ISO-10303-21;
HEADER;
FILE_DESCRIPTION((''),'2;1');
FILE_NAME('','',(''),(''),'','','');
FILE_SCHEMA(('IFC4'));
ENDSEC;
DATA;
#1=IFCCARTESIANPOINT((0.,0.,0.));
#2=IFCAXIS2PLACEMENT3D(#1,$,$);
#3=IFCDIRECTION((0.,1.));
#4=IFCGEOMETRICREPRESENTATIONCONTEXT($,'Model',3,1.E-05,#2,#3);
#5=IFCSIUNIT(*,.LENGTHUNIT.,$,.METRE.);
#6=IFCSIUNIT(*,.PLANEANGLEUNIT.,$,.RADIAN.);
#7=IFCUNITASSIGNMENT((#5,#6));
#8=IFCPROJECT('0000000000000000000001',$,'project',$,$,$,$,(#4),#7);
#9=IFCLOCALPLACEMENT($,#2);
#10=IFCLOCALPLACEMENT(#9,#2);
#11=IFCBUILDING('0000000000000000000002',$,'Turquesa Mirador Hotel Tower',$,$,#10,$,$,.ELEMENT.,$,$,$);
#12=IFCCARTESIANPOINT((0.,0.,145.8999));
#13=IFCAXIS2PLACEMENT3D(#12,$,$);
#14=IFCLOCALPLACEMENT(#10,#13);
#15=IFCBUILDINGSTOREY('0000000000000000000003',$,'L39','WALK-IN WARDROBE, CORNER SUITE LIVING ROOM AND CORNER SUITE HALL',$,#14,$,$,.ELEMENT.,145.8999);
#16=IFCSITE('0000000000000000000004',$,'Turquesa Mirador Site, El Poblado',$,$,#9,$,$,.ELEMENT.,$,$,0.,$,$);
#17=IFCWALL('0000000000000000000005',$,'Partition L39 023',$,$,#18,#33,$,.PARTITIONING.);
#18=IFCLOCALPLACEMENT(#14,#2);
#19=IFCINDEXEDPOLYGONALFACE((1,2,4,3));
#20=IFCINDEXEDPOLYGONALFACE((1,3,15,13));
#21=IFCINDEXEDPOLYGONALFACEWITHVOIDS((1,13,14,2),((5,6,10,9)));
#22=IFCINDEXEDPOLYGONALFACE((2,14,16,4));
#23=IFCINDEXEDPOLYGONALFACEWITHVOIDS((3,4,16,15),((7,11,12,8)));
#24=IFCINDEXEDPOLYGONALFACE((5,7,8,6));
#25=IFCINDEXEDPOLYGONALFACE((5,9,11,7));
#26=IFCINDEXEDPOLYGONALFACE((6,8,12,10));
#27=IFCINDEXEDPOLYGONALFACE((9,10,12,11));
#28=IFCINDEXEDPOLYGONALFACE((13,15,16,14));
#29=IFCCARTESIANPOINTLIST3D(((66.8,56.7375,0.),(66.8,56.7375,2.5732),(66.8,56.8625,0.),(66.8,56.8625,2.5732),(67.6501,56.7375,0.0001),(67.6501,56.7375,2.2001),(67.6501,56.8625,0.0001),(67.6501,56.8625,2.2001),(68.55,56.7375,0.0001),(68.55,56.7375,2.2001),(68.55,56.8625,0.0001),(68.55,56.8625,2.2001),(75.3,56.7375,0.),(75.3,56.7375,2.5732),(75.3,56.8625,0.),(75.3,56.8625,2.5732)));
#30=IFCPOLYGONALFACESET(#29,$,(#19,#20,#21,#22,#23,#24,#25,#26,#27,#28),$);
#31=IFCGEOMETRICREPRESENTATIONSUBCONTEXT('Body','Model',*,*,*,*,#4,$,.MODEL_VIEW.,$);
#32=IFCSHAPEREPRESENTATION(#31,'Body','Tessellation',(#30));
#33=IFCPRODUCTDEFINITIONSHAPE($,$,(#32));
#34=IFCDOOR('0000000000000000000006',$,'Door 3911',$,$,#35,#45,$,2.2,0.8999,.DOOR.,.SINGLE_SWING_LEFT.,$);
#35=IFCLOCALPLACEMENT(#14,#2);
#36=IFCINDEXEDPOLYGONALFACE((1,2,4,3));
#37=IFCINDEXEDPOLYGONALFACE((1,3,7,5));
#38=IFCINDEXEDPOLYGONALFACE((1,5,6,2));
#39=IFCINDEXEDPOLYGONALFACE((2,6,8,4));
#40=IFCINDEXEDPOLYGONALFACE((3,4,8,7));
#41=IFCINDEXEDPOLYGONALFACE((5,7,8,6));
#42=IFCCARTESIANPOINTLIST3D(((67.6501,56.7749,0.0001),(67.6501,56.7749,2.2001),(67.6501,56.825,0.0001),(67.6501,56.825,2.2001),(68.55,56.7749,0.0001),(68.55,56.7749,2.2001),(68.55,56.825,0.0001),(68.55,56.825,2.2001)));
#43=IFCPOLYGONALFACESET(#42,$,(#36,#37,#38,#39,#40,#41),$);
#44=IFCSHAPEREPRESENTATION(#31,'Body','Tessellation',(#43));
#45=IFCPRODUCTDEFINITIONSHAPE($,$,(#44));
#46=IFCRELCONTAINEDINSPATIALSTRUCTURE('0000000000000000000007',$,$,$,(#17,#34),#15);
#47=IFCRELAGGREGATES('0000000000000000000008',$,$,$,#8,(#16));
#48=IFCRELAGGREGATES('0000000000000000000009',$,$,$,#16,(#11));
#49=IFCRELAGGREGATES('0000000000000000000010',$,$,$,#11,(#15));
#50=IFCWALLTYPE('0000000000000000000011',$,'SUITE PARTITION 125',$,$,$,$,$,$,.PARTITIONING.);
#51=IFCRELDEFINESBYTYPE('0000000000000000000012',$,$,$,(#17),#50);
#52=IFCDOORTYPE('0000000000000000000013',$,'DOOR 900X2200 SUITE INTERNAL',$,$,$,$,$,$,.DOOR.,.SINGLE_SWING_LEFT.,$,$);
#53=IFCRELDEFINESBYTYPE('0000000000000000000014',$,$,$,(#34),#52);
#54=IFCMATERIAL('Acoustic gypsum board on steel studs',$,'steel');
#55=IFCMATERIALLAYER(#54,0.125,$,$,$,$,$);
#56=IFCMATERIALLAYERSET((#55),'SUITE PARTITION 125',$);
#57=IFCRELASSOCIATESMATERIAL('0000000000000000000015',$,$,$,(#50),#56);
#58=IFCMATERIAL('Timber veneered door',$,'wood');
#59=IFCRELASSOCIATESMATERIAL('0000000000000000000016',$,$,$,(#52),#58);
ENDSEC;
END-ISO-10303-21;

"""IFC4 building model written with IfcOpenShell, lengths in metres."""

from ifc_helpers import new_model, si_unit, direction, frame, frame_2d, origin, place, context, subcontext, project, spatial, rectangle, extrude, material, layer, layer_set, type_object, element, fill, save


model = new_model("IFC4")

# Units and contexts
model_context = context("Model", 3, precision=1e-05, world=origin(), true_north=direction((0.0, 1.0)))
body_context = subcontext(model_context, "Body", "Model", "MODEL_VIEW")
ifc_project = project(units=[si_unit("LENGTHUNIT", "METRE"), si_unit("PLANEANGLEUNIT", "RADIAN")], contexts=[model_context])

# Site, building, storey
site_placement = place(None, origin())
site = spatial("IfcSite", under=ifc_project, at=site_placement, Name="Turquesa Mirador Site, El Poblado", CompositionType="ELEMENT", RefElevation=0.0)
building_placement = place(site_placement, origin())
building = spatial("IfcBuilding", under=site, at=building_placement, Name="Turquesa Mirador Hotel Tower", CompositionType="ELEMENT")
storey_placement = place(building_placement, frame((0.0, 0.0, 145.8999)))
storey = spatial("IfcBuildingStorey", under=building, at=storey_placement, Name="L39", Description="WALK-IN WARDROBE, CORNER SUITE LIVING ROOM AND CORNER SUITE HALL", CompositionType="ELEMENT", Elevation=145.8999)

# Wall, opening, door
ifc_material_1 = material(Name="Acoustic gypsum board on steel studs", Category="steel")
ifc_layer_1 = layer(ifc_material_1, 0.125)
ifc_layer_set_1 = layer_set([ifc_layer_1], Name="SUITE PARTITION 125")
wall_type_1 = type_object("IfcWallType", Name="SUITE PARTITION 125", PredefinedType="PARTITIONING", material=ifc_layer_set_1)
wall_1_placement = place(storey_placement, frame((66.8, 56.8, 0.0), z_axis=(0.0, 0.0, 1.0), x_axis=(1.0, 0.0, 0.0)))
wall_1 = element("IfcWall", 1, at=wall_1_placement, inside=storey, type_object=wall_type_1, Name="Partition L39 023", PredefinedType="PARTITIONING", context=body_context, shape_type="SweptSolid", body=[
    extrude(rectangle(XDim=8.5, YDim=0.125, at=frame_2d((4.25, 0.0))), origin(), (0.0, 0.0, 1.0), 2.5732),
])
opening_1_placement = place(wall_1_placement, frame((0.8501, 0.0, 0.0)))
opening_1 = element("IfcOpeningElement", 2, at=opening_1_placement, cuts=wall_1, PredefinedType="OPENING", context=body_context, shape_type="SweptSolid", body=[
    extrude(rectangle(XDim=0.8999, YDim=2.2, at=frame_2d((0.45, 1.1001))), frame((0.0, 0.0725, 0.0), z_axis=(0.0, -1.0, 0.0), x_axis=(1.0, 0.0, 0.0)), (0.0, 0.0, 1.0), 0.145),
])
ifc_material_2 = material(Name="Timber veneered door", Category="wood")
door_type = type_object("IfcDoorType", Name="DOOR 900X2200 SUITE INTERNAL", OperationType="SINGLE_SWING_LEFT", PredefinedType="DOOR", material=ifc_material_2)
door_placement = place(opening_1_placement, origin())
door = element("IfcDoor", 3, at=door_placement, inside=storey, type_object=door_type, Name="Door 3911", OperationType="SINGLE_SWING_LEFT", OverallHeight=2.2, OverallWidth=0.8999, PredefinedType="DOOR", context=body_context, shape_type="SweptSolid", body=[
    extrude(rectangle(XDim=0.8999, YDim=2.2, at=frame_2d((0.45, 1.1001))), frame((0.0, 0.0249, 0.0), z_axis=(0.0, -1.0, 0.0), x_axis=(1.0, 0.0, 0.0)), (0.0, 0.0, 1.0), 0.05),
])
fill(opening_1, door)

save(model, "model.ifc")
